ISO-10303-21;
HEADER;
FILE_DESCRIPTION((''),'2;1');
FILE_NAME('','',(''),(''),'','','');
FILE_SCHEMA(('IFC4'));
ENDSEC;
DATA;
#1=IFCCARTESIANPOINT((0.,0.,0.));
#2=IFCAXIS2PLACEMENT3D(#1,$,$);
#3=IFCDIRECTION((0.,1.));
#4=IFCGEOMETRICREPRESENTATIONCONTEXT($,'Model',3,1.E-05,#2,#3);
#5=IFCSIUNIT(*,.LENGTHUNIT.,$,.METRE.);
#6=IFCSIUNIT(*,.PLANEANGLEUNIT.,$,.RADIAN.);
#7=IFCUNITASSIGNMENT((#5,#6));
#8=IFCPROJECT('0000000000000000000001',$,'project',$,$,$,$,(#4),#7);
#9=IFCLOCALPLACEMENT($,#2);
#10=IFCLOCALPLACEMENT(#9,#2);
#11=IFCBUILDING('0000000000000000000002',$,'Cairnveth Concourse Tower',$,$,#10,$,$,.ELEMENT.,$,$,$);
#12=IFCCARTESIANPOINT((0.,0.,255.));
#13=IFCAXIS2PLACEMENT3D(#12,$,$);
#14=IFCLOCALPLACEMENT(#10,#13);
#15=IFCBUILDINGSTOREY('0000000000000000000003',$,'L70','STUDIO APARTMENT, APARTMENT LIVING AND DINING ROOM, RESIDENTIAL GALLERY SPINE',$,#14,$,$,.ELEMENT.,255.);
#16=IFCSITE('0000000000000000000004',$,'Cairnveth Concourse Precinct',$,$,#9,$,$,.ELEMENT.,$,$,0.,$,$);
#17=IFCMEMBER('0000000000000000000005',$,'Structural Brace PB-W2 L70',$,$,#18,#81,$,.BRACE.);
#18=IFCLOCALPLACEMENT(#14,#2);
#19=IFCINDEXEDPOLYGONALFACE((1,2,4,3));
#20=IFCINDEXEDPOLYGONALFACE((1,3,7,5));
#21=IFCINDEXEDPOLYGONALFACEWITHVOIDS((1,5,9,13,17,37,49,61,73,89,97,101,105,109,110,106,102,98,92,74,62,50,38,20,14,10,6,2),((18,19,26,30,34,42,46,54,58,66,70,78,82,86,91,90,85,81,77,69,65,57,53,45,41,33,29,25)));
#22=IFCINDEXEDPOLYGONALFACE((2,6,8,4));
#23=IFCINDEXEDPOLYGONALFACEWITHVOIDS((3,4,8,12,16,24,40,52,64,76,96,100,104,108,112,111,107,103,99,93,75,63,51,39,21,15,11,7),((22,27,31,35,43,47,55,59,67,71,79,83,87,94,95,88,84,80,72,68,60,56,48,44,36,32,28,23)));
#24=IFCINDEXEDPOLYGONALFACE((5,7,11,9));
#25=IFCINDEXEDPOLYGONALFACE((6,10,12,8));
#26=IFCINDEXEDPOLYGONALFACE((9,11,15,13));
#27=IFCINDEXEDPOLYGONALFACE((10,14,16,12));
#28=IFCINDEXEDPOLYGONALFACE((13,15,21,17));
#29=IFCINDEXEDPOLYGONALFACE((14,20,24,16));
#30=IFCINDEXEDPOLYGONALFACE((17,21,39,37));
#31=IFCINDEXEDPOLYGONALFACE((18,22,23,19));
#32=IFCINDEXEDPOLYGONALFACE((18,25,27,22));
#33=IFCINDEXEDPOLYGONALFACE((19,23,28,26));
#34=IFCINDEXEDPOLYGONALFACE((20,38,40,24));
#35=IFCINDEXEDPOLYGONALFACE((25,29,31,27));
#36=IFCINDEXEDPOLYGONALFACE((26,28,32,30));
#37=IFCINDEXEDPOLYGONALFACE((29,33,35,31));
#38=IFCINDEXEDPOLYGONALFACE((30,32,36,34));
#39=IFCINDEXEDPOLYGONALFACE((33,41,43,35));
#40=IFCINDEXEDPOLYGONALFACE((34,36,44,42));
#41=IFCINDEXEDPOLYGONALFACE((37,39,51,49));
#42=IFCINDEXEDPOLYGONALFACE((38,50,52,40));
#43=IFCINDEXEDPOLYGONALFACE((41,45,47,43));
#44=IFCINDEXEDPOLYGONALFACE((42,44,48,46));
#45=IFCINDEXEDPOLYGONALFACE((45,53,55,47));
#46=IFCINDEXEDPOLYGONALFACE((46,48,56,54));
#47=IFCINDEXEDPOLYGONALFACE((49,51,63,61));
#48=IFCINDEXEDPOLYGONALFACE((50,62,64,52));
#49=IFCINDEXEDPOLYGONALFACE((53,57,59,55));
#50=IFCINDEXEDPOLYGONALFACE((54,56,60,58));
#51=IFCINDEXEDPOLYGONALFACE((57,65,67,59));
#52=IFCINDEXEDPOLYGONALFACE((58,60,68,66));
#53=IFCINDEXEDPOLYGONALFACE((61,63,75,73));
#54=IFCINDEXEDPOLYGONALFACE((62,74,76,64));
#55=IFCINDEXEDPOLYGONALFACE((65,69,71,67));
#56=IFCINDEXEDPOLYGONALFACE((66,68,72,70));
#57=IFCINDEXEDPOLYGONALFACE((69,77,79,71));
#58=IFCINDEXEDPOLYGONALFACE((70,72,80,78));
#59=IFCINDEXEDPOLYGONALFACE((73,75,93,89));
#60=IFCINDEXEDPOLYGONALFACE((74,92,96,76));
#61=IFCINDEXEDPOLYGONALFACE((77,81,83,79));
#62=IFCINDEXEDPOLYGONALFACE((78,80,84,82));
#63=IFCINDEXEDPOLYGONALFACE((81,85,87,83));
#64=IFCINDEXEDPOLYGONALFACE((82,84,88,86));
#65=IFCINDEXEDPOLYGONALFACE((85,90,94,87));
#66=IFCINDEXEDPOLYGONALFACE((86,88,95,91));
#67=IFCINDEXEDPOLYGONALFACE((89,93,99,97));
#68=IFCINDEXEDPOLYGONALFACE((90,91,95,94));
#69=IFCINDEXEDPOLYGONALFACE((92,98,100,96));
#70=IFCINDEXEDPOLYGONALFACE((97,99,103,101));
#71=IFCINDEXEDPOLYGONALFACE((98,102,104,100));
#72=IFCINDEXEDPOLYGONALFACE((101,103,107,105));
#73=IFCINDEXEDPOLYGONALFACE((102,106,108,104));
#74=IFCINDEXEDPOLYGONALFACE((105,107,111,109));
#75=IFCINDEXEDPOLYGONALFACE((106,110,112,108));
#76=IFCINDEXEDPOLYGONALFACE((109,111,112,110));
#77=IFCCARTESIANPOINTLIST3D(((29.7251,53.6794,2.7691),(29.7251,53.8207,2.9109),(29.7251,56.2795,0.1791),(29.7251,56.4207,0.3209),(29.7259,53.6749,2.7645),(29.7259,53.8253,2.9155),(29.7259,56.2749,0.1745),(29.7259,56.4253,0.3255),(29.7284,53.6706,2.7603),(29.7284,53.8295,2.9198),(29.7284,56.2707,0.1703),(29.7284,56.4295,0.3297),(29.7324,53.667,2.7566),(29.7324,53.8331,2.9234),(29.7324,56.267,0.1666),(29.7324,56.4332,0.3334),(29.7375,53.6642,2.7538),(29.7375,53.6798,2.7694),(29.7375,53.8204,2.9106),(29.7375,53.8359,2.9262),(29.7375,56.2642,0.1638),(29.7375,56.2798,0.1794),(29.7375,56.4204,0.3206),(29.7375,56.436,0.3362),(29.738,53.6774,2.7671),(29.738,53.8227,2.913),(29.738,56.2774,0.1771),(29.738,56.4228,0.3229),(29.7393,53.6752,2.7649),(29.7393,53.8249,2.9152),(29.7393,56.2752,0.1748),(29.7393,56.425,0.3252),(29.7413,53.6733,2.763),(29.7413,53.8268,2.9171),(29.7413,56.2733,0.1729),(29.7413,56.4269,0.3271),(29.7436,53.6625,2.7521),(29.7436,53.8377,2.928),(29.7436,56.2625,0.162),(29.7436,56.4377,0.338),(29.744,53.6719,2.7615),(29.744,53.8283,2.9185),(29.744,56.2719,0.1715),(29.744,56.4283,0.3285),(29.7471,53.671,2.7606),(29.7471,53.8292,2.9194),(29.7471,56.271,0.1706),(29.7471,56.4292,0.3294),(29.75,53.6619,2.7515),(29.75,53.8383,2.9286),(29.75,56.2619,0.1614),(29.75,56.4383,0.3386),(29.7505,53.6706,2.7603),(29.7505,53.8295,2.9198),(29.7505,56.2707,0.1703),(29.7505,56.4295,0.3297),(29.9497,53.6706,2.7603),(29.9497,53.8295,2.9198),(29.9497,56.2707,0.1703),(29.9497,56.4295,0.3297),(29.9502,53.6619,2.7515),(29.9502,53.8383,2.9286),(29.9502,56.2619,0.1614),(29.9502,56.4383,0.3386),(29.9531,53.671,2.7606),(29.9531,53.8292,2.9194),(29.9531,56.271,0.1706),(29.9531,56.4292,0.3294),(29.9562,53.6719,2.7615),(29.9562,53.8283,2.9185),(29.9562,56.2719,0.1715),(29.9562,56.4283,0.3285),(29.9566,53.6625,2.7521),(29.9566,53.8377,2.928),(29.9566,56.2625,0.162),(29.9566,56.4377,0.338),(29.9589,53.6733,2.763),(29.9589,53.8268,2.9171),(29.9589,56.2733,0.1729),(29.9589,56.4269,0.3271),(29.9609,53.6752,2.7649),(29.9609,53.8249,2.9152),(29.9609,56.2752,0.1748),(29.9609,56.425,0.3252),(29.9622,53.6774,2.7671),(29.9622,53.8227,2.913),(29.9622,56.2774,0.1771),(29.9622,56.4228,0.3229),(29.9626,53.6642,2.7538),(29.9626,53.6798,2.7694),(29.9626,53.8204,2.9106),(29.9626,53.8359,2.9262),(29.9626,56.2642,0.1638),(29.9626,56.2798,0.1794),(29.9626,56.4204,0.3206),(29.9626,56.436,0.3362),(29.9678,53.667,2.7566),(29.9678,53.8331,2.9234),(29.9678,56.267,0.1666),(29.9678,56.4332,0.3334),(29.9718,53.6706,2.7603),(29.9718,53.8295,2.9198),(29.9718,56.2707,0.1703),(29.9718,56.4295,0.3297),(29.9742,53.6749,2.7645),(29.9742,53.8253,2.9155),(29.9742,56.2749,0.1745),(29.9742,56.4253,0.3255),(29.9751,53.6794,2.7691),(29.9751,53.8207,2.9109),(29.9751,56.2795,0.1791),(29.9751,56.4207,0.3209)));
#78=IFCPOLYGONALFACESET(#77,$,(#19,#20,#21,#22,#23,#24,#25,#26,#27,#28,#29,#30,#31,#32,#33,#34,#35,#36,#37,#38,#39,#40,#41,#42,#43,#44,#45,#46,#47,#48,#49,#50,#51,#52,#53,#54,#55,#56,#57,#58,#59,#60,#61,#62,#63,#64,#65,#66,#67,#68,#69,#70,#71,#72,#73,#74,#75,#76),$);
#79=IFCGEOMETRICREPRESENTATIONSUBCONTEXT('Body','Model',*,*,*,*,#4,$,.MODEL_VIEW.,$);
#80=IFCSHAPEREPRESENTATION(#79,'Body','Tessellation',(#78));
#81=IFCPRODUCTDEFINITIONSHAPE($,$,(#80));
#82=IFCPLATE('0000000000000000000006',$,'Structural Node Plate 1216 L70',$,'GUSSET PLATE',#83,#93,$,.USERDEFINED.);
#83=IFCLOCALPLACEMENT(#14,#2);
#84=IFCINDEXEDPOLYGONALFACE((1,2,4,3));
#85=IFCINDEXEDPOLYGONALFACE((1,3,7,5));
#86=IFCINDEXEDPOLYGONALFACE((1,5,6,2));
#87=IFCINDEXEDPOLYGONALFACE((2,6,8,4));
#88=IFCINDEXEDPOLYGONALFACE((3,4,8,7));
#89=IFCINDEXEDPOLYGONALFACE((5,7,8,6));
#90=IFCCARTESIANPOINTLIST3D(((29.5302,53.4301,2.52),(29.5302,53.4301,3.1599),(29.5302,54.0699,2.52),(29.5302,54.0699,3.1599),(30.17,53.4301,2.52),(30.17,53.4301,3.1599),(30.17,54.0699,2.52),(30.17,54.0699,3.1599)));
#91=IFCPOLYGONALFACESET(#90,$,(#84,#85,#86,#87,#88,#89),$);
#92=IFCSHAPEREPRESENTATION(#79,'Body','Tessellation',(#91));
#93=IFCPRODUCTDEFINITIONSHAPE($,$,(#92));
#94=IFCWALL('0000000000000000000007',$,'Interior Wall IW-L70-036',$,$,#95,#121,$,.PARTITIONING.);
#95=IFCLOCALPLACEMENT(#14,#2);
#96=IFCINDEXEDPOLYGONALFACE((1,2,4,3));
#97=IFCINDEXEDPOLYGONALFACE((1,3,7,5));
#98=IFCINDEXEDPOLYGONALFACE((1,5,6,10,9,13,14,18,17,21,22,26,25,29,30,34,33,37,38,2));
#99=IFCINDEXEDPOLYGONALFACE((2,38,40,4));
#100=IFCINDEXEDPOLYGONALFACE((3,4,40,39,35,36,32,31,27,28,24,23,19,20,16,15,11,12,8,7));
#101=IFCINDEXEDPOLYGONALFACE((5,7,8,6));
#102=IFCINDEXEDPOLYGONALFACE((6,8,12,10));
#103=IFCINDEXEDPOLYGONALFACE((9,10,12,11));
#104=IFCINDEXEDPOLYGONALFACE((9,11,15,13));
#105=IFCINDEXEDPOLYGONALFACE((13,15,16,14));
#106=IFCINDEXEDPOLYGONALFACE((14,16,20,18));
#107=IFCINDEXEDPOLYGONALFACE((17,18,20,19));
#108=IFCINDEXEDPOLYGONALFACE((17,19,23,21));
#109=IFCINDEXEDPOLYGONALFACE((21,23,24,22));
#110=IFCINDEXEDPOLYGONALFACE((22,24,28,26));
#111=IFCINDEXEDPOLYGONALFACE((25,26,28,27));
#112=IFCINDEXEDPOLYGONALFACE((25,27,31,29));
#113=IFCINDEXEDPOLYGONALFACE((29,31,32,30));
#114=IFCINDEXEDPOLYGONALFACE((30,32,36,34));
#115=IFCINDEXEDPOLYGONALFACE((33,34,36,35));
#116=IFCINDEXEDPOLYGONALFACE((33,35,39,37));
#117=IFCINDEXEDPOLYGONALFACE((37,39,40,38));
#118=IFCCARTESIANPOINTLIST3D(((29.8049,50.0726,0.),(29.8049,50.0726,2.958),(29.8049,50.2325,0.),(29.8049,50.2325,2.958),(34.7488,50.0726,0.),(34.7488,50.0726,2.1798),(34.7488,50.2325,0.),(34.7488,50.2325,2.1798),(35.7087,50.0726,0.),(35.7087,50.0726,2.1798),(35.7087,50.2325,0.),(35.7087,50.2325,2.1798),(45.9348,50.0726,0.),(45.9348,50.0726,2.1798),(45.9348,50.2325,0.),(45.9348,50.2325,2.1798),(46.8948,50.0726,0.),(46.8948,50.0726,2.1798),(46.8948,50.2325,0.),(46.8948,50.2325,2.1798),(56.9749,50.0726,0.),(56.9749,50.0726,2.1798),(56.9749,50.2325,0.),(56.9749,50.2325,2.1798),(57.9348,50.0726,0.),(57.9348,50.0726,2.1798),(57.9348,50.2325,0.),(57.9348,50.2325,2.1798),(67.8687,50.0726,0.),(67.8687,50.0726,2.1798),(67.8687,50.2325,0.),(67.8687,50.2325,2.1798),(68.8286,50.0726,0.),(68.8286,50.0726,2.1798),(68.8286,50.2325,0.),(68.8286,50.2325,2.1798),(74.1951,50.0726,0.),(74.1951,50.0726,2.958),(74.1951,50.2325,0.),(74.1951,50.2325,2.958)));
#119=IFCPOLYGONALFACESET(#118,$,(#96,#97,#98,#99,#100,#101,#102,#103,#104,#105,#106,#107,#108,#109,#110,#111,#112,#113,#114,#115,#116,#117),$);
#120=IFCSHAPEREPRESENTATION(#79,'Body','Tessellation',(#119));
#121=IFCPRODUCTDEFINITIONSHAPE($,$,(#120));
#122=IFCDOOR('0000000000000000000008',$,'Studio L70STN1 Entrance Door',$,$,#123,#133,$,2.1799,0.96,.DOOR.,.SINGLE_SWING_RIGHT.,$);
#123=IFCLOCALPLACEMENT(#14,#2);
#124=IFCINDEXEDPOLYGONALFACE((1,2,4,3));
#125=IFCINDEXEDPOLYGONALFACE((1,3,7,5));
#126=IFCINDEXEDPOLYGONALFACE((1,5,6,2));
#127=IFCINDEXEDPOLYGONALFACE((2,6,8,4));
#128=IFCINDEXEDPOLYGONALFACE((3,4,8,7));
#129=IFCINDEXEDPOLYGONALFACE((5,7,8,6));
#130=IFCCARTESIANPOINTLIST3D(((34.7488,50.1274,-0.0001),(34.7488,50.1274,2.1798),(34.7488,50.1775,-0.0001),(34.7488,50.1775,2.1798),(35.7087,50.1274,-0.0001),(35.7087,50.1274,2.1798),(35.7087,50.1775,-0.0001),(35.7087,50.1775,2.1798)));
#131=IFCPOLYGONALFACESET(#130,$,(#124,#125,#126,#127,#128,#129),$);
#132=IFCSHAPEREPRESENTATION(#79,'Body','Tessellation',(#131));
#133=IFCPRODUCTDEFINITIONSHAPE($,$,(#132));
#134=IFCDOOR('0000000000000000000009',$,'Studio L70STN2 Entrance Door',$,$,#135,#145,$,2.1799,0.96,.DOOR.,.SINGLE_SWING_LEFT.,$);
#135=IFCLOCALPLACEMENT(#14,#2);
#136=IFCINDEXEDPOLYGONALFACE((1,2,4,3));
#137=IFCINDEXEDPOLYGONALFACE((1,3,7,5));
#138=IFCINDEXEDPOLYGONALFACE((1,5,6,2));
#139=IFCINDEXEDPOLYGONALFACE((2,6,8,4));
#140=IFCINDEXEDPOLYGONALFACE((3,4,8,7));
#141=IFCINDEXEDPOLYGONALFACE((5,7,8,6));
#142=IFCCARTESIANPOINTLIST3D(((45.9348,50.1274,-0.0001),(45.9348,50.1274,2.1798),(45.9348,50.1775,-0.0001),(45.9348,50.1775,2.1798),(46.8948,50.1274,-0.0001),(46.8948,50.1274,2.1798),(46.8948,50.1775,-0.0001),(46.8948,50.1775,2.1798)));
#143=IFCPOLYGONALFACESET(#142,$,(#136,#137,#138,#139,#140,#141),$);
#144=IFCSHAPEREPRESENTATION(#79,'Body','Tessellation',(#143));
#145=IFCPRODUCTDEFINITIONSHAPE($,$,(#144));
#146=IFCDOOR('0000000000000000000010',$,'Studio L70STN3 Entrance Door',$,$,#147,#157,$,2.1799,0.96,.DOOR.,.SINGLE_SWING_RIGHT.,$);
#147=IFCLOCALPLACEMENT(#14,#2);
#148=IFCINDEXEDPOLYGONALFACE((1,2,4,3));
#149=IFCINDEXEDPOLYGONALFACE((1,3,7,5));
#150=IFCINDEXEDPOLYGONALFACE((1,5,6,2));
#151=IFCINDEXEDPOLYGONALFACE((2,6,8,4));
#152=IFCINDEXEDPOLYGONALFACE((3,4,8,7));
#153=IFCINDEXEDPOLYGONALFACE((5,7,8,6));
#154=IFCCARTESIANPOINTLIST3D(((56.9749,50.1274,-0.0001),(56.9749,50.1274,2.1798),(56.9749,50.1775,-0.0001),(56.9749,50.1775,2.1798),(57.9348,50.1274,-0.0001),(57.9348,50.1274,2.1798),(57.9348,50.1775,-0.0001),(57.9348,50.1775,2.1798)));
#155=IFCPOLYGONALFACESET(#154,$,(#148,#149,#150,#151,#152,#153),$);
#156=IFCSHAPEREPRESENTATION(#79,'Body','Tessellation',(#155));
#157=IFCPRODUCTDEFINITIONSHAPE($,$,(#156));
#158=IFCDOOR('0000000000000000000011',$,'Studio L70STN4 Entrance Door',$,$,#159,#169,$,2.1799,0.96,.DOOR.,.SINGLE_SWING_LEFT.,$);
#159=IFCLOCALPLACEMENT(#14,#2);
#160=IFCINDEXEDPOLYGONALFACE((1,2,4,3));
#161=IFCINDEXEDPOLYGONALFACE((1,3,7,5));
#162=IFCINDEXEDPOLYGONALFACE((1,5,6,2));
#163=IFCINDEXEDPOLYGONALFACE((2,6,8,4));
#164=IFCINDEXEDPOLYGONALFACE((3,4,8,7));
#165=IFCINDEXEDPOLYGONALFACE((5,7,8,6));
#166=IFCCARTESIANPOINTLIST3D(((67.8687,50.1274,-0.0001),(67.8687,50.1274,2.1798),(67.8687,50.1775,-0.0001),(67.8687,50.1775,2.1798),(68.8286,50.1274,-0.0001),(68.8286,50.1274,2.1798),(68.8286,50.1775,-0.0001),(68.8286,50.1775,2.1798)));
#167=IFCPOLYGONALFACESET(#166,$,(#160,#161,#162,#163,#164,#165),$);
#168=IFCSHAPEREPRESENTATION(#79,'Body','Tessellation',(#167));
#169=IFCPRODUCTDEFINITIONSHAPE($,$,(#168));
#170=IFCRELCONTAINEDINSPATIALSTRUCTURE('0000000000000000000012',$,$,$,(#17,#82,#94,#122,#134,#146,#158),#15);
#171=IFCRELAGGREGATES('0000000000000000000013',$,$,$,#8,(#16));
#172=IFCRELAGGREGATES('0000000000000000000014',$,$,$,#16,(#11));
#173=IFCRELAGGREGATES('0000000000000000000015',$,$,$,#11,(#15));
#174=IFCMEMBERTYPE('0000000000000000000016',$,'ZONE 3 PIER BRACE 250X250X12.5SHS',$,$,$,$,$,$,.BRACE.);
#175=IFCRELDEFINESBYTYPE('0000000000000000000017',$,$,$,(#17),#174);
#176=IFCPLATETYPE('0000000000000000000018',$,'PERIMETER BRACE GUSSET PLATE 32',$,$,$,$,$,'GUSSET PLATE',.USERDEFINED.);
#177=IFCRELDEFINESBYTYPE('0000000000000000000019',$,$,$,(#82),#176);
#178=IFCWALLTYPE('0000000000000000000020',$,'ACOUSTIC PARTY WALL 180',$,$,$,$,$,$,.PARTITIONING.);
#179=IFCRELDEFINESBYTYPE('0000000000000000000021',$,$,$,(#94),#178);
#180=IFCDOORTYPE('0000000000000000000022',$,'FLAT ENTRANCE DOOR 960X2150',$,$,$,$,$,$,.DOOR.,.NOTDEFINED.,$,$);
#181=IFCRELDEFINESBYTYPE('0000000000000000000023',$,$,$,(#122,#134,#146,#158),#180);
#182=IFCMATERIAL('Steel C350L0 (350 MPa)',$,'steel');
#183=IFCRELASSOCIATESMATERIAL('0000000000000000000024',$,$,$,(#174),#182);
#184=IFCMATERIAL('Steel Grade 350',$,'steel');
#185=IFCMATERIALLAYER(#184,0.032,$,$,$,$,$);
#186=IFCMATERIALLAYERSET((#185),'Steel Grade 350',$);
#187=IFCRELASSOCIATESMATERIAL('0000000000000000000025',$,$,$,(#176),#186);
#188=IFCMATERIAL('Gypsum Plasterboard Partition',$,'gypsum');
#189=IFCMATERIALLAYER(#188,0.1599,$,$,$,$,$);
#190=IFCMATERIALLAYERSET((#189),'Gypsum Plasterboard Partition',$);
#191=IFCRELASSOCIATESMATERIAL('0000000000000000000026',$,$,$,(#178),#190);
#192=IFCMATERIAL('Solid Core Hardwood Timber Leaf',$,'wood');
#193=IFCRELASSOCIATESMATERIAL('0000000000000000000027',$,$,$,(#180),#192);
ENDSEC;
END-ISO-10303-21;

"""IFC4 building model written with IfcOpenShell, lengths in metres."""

from ifc_helpers import new_model, si_unit, direction, frame, frame_2d, origin, origin_2d, place, context, subcontext, project, spatial, rectangle, hollow_rectangle, extrude, material, layer, layer_set, material_profile, profile_set, type_object, element, fill, save


model = new_model("IFC4")

# Units and contexts
model_context = context("Model", 3, precision=1e-05, world=origin(), true_north=direction((0.0, 1.0)))
body_context = subcontext(model_context, "Body", "Model", "MODEL_VIEW")
ifc_project = project(units=[si_unit("LENGTHUNIT", "METRE"), si_unit("PLANEANGLEUNIT", "RADIAN")], contexts=[model_context])

# Site, building, storey
site_placement = place(None, origin())
site = spatial("IfcSite", under=ifc_project, at=site_placement, Name="Cairnveth Concourse Precinct", CompositionType="ELEMENT", RefElevation=0.0)
building_placement = place(site_placement, origin())
building = spatial("IfcBuilding", under=site, at=building_placement, Name="Cairnveth Concourse Tower", CompositionType="ELEMENT")
storey_placement = place(building_placement, frame((0.0, 0.0, 255.0)))
storey = spatial("IfcBuildingStorey", under=building, at=storey_placement, Name="L70", Description="STUDIO APARTMENT, APARTMENT LIVING AND DINING ROOM, RESIDENTIAL GALLERY SPINE", CompositionType="ELEMENT", Elevation=255.0)

# Member
ifc_material_1 = material(Name="Steel C350L0 (350 MPa)", Category="steel")
ifc_material_profile = material_profile(ifc_material_1, hollow_rectangle(XDim=0.25, YDim=0.25, WallThickness=0.0125, InnerFilletRadius=0.0129, OuterFilletRadius=0.0249, at=origin_2d()), Name="250x250x12.5SHS")
ifc_profile_set = profile_set([ifc_material_profile], Name="Steel C350L0 (350 MPa)")
member_type = type_object("IfcMemberType", Name="ZONE 3 PIER BRACE 250X250X12.5SHS", PredefinedType="BRACE", material=ifc_profile_set)
member_placement = place(storey_placement, frame((29.8501, 56.3501, 0.25), z_axis=(0.0, -0.708469, 0.705742), x_axis=(1.0, 0.0, 0.0)))
element("IfcMember", 1, at=member_placement, inside=storey, type_object=member_type, Name="Structural Brace PB-W2 L70", PredefinedType="BRACE", context=body_context, shape_type="SweptSolid", body=[
    extrude(hollow_rectangle(XDim=0.25, YDim=0.25, WallThickness=0.0125, InnerFilletRadius=0.0129, OuterFilletRadius=0.0249, at=origin_2d()), origin(), (0.0, 0.0, 1.0), 3.6699),
])

# Plate
ifc_material_2 = material(Name="Steel Grade 350", Category="steel")
ifc_layer_1 = layer(ifc_material_2, 0.032)
ifc_layer_set_1 = layer_set([ifc_layer_1], Name="Steel Grade 350")
plate_type = type_object("IfcPlateType", Name="PERIMETER BRACE GUSSET PLATE 32", ElementType="GUSSET PLATE", PredefinedType="USERDEFINED", material=ifc_layer_set_1)
plate_placement = place(storey_placement, frame((29.8501, 53.75, 2.52), z_axis=(0.0, 0.0, 1.0), x_axis=(1.0, 0.0, 0.0)))
element("IfcPlate", 2, at=plate_placement, inside=storey, type_object=plate_type, Name="Structural Node Plate 1216 L70", ObjectType="GUSSET PLATE", PredefinedType="USERDEFINED", context=body_context, shape_type="SweptSolid", body=[
    extrude(rectangle(XDim=0.6399, YDim=0.6399, at=origin_2d()), origin(), (0.0, 0.0, 1.0), 0.6399),
])

# Wall, openings, doors
ifc_material_3 = material(Name="Gypsum Plasterboard Partition", Category="gypsum")
ifc_layer_2 = layer(ifc_material_3, 0.1599)
ifc_layer_set_2 = layer_set([ifc_layer_2], Name="Gypsum Plasterboard Partition")
wall_type_1 = type_object("IfcWallType", Name="ACOUSTIC PARTY WALL 180", PredefinedType="PARTITIONING", material=ifc_layer_set_2)
wall_1_placement = place(storey_placement, frame((29.8049, 50.1526, 0.0), z_axis=(0.0, 0.0, 1.0), x_axis=(1.0, 0.0, 0.0)))
wall_1 = element("IfcWall", 3, at=wall_1_placement, inside=storey, type_object=wall_type_1, Name="Interior Wall IW-L70-036", PredefinedType="PARTITIONING", context=body_context, shape_type="SweptSolid", body=[
    extrude(rectangle(XDim=44.3901, YDim=0.1599, at=frame_2d((22.1951, 0.0))), origin(), (0.0, 0.0, 1.0), 2.958),
])
opening_1_placement = place(wall_1_placement, frame((4.9438, 0.0, 0.0)))
opening_1 = element("IfcOpeningElement", 4, at=opening_1_placement, cuts=wall_1, PredefinedType="OPENING", context=body_context, shape_type="SweptSolid", body=[
    extrude(rectangle(XDim=0.96, YDim=2.1799, at=frame_2d((0.48, 1.0898))), frame((0.0, 0.0898, 0.0), z_axis=(0.0, -1.0, 0.0), x_axis=(1.0, 0.0, 0.0)), (0.0, 0.0, 1.0), 0.1799),
])
opening_2_placement = place(wall_1_placement, frame((16.1299, 0.0, 0.0)))
opening_2 = element("IfcOpeningElement", 5, at=opening_2_placement, cuts=wall_1, PredefinedType="OPENING", context=body_context, shape_type="SweptSolid", body=[
    extrude(rectangle(XDim=0.96, YDim=2.1799, at=frame_2d((0.48, 1.0898))), frame((0.0, 0.0898, 0.0), z_axis=(0.0, -1.0, 0.0), x_axis=(1.0, 0.0, 0.0)), (0.0, 0.0, 1.0), 0.1799),
])
opening_3_placement = place(wall_1_placement, frame((27.1699, 0.0, 0.0)))
opening_3 = element("IfcOpeningElement", 6, at=opening_3_placement, cuts=wall_1, PredefinedType="OPENING", context=body_context, shape_type="SweptSolid", body=[
    extrude(rectangle(XDim=0.96, YDim=2.1799, at=frame_2d((0.48, 1.0898))), frame((0.0, 0.0898, 0.0), z_axis=(0.0, -1.0, 0.0), x_axis=(1.0, 0.0, 0.0)), (0.0, 0.0, 1.0), 0.1799),
])
opening_4_placement = place(wall_1_placement, frame((38.0637, 0.0, 0.0)))
opening_4 = element("IfcOpeningElement", 7, at=opening_4_placement, cuts=wall_1, PredefinedType="OPENING", context=body_context, shape_type="SweptSolid", body=[
    extrude(rectangle(XDim=0.96, YDim=2.1799, at=frame_2d((0.48, 1.0898))), frame((0.0, 0.0898, 0.0), z_axis=(0.0, -1.0, 0.0), x_axis=(1.0, 0.0, 0.0)), (0.0, 0.0, 1.0), 0.1799),
])
ifc_material_4 = material(Name="Solid Core Hardwood Timber Leaf", Category="wood")
door_type_1 = type_object("IfcDoorType", Name="FLAT ENTRANCE DOOR 960X2150", OperationType="NOTDEFINED", PredefinedType="DOOR", material=ifc_material_4)
door_1_placement = place(opening_1_placement, origin())
door_1 = element("IfcDoor", 8, at=door_1_placement, inside=storey, type_object=door_type_1, Name="Studio L70STN1 Entrance Door", OperationType="SINGLE_SWING_RIGHT", OverallHeight=2.1799, OverallWidth=0.96, PredefinedType="DOOR", context=body_context, shape_type="SweptSolid", body=[
    extrude(rectangle(XDim=0.96, YDim=2.1799, at=frame_2d((0.48, 1.0898))), frame((0.0, 0.0249, 0.0), z_axis=(0.0, -1.0, 0.0), x_axis=(1.0, 0.0, 0.0)), (0.0, 0.0, 1.0), 0.05),
])
fill(opening_1, door_1)
door_2_placement = place(opening_2_placement, origin())
door_2 = element("IfcDoor", 9, at=door_2_placement, inside=storey, type_object=door_type_1, Name="Studio L70STN2 Entrance Door", OperationType="SINGLE_SWING_LEFT", OverallHeight=2.1799, OverallWidth=0.96, PredefinedType="DOOR", context=body_context, shape_type="SweptSolid", body=[
    extrude(rectangle(XDim=0.96, YDim=2.1799, at=frame_2d((0.48, 1.0898))), frame((0.0, 0.0249, 0.0), z_axis=(0.0, -1.0, 0.0), x_axis=(1.0, 0.0, 0.0)), (0.0, 0.0, 1.0), 0.05),
])
fill(opening_2, door_2)
door_3_placement = place(opening_3_placement, origin())
door_3 = element("IfcDoor", 10, at=door_3_placement, inside=storey, type_object=door_type_1, Name="Studio L70STN3 Entrance Door", OperationType="SINGLE_SWING_RIGHT", OverallHeight=2.1799, OverallWidth=0.96, PredefinedType="DOOR", context=body_context, shape_type="SweptSolid", body=[
    extrude(rectangle(XDim=0.96, YDim=2.1799, at=frame_2d((0.48, 1.0898))), frame((0.0, 0.0249, 0.0), z_axis=(0.0, -1.0, 0.0), x_axis=(1.0, 0.0, 0.0)), (0.0, 0.0, 1.0), 0.05),
])
fill(opening_3, door_3)
door_4_placement = place(opening_4_placement, origin())
door_4 = element("IfcDoor", 11, at=door_4_placement, inside=storey, type_object=door_type_1, Name="Studio L70STN4 Entrance Door", OperationType="SINGLE_SWING_LEFT", OverallHeight=2.1799, OverallWidth=0.96, PredefinedType="DOOR", context=body_context, shape_type="SweptSolid", body=[
    extrude(rectangle(XDim=0.96, YDim=2.1799, at=frame_2d((0.48, 1.0898))), frame((0.0, 0.0249, 0.0), z_axis=(0.0, -1.0, 0.0), x_axis=(1.0, 0.0, 0.0)), (0.0, 0.0, 1.0), 0.05),
])
fill(opening_4, door_4)

save(model, "model.ifc")
